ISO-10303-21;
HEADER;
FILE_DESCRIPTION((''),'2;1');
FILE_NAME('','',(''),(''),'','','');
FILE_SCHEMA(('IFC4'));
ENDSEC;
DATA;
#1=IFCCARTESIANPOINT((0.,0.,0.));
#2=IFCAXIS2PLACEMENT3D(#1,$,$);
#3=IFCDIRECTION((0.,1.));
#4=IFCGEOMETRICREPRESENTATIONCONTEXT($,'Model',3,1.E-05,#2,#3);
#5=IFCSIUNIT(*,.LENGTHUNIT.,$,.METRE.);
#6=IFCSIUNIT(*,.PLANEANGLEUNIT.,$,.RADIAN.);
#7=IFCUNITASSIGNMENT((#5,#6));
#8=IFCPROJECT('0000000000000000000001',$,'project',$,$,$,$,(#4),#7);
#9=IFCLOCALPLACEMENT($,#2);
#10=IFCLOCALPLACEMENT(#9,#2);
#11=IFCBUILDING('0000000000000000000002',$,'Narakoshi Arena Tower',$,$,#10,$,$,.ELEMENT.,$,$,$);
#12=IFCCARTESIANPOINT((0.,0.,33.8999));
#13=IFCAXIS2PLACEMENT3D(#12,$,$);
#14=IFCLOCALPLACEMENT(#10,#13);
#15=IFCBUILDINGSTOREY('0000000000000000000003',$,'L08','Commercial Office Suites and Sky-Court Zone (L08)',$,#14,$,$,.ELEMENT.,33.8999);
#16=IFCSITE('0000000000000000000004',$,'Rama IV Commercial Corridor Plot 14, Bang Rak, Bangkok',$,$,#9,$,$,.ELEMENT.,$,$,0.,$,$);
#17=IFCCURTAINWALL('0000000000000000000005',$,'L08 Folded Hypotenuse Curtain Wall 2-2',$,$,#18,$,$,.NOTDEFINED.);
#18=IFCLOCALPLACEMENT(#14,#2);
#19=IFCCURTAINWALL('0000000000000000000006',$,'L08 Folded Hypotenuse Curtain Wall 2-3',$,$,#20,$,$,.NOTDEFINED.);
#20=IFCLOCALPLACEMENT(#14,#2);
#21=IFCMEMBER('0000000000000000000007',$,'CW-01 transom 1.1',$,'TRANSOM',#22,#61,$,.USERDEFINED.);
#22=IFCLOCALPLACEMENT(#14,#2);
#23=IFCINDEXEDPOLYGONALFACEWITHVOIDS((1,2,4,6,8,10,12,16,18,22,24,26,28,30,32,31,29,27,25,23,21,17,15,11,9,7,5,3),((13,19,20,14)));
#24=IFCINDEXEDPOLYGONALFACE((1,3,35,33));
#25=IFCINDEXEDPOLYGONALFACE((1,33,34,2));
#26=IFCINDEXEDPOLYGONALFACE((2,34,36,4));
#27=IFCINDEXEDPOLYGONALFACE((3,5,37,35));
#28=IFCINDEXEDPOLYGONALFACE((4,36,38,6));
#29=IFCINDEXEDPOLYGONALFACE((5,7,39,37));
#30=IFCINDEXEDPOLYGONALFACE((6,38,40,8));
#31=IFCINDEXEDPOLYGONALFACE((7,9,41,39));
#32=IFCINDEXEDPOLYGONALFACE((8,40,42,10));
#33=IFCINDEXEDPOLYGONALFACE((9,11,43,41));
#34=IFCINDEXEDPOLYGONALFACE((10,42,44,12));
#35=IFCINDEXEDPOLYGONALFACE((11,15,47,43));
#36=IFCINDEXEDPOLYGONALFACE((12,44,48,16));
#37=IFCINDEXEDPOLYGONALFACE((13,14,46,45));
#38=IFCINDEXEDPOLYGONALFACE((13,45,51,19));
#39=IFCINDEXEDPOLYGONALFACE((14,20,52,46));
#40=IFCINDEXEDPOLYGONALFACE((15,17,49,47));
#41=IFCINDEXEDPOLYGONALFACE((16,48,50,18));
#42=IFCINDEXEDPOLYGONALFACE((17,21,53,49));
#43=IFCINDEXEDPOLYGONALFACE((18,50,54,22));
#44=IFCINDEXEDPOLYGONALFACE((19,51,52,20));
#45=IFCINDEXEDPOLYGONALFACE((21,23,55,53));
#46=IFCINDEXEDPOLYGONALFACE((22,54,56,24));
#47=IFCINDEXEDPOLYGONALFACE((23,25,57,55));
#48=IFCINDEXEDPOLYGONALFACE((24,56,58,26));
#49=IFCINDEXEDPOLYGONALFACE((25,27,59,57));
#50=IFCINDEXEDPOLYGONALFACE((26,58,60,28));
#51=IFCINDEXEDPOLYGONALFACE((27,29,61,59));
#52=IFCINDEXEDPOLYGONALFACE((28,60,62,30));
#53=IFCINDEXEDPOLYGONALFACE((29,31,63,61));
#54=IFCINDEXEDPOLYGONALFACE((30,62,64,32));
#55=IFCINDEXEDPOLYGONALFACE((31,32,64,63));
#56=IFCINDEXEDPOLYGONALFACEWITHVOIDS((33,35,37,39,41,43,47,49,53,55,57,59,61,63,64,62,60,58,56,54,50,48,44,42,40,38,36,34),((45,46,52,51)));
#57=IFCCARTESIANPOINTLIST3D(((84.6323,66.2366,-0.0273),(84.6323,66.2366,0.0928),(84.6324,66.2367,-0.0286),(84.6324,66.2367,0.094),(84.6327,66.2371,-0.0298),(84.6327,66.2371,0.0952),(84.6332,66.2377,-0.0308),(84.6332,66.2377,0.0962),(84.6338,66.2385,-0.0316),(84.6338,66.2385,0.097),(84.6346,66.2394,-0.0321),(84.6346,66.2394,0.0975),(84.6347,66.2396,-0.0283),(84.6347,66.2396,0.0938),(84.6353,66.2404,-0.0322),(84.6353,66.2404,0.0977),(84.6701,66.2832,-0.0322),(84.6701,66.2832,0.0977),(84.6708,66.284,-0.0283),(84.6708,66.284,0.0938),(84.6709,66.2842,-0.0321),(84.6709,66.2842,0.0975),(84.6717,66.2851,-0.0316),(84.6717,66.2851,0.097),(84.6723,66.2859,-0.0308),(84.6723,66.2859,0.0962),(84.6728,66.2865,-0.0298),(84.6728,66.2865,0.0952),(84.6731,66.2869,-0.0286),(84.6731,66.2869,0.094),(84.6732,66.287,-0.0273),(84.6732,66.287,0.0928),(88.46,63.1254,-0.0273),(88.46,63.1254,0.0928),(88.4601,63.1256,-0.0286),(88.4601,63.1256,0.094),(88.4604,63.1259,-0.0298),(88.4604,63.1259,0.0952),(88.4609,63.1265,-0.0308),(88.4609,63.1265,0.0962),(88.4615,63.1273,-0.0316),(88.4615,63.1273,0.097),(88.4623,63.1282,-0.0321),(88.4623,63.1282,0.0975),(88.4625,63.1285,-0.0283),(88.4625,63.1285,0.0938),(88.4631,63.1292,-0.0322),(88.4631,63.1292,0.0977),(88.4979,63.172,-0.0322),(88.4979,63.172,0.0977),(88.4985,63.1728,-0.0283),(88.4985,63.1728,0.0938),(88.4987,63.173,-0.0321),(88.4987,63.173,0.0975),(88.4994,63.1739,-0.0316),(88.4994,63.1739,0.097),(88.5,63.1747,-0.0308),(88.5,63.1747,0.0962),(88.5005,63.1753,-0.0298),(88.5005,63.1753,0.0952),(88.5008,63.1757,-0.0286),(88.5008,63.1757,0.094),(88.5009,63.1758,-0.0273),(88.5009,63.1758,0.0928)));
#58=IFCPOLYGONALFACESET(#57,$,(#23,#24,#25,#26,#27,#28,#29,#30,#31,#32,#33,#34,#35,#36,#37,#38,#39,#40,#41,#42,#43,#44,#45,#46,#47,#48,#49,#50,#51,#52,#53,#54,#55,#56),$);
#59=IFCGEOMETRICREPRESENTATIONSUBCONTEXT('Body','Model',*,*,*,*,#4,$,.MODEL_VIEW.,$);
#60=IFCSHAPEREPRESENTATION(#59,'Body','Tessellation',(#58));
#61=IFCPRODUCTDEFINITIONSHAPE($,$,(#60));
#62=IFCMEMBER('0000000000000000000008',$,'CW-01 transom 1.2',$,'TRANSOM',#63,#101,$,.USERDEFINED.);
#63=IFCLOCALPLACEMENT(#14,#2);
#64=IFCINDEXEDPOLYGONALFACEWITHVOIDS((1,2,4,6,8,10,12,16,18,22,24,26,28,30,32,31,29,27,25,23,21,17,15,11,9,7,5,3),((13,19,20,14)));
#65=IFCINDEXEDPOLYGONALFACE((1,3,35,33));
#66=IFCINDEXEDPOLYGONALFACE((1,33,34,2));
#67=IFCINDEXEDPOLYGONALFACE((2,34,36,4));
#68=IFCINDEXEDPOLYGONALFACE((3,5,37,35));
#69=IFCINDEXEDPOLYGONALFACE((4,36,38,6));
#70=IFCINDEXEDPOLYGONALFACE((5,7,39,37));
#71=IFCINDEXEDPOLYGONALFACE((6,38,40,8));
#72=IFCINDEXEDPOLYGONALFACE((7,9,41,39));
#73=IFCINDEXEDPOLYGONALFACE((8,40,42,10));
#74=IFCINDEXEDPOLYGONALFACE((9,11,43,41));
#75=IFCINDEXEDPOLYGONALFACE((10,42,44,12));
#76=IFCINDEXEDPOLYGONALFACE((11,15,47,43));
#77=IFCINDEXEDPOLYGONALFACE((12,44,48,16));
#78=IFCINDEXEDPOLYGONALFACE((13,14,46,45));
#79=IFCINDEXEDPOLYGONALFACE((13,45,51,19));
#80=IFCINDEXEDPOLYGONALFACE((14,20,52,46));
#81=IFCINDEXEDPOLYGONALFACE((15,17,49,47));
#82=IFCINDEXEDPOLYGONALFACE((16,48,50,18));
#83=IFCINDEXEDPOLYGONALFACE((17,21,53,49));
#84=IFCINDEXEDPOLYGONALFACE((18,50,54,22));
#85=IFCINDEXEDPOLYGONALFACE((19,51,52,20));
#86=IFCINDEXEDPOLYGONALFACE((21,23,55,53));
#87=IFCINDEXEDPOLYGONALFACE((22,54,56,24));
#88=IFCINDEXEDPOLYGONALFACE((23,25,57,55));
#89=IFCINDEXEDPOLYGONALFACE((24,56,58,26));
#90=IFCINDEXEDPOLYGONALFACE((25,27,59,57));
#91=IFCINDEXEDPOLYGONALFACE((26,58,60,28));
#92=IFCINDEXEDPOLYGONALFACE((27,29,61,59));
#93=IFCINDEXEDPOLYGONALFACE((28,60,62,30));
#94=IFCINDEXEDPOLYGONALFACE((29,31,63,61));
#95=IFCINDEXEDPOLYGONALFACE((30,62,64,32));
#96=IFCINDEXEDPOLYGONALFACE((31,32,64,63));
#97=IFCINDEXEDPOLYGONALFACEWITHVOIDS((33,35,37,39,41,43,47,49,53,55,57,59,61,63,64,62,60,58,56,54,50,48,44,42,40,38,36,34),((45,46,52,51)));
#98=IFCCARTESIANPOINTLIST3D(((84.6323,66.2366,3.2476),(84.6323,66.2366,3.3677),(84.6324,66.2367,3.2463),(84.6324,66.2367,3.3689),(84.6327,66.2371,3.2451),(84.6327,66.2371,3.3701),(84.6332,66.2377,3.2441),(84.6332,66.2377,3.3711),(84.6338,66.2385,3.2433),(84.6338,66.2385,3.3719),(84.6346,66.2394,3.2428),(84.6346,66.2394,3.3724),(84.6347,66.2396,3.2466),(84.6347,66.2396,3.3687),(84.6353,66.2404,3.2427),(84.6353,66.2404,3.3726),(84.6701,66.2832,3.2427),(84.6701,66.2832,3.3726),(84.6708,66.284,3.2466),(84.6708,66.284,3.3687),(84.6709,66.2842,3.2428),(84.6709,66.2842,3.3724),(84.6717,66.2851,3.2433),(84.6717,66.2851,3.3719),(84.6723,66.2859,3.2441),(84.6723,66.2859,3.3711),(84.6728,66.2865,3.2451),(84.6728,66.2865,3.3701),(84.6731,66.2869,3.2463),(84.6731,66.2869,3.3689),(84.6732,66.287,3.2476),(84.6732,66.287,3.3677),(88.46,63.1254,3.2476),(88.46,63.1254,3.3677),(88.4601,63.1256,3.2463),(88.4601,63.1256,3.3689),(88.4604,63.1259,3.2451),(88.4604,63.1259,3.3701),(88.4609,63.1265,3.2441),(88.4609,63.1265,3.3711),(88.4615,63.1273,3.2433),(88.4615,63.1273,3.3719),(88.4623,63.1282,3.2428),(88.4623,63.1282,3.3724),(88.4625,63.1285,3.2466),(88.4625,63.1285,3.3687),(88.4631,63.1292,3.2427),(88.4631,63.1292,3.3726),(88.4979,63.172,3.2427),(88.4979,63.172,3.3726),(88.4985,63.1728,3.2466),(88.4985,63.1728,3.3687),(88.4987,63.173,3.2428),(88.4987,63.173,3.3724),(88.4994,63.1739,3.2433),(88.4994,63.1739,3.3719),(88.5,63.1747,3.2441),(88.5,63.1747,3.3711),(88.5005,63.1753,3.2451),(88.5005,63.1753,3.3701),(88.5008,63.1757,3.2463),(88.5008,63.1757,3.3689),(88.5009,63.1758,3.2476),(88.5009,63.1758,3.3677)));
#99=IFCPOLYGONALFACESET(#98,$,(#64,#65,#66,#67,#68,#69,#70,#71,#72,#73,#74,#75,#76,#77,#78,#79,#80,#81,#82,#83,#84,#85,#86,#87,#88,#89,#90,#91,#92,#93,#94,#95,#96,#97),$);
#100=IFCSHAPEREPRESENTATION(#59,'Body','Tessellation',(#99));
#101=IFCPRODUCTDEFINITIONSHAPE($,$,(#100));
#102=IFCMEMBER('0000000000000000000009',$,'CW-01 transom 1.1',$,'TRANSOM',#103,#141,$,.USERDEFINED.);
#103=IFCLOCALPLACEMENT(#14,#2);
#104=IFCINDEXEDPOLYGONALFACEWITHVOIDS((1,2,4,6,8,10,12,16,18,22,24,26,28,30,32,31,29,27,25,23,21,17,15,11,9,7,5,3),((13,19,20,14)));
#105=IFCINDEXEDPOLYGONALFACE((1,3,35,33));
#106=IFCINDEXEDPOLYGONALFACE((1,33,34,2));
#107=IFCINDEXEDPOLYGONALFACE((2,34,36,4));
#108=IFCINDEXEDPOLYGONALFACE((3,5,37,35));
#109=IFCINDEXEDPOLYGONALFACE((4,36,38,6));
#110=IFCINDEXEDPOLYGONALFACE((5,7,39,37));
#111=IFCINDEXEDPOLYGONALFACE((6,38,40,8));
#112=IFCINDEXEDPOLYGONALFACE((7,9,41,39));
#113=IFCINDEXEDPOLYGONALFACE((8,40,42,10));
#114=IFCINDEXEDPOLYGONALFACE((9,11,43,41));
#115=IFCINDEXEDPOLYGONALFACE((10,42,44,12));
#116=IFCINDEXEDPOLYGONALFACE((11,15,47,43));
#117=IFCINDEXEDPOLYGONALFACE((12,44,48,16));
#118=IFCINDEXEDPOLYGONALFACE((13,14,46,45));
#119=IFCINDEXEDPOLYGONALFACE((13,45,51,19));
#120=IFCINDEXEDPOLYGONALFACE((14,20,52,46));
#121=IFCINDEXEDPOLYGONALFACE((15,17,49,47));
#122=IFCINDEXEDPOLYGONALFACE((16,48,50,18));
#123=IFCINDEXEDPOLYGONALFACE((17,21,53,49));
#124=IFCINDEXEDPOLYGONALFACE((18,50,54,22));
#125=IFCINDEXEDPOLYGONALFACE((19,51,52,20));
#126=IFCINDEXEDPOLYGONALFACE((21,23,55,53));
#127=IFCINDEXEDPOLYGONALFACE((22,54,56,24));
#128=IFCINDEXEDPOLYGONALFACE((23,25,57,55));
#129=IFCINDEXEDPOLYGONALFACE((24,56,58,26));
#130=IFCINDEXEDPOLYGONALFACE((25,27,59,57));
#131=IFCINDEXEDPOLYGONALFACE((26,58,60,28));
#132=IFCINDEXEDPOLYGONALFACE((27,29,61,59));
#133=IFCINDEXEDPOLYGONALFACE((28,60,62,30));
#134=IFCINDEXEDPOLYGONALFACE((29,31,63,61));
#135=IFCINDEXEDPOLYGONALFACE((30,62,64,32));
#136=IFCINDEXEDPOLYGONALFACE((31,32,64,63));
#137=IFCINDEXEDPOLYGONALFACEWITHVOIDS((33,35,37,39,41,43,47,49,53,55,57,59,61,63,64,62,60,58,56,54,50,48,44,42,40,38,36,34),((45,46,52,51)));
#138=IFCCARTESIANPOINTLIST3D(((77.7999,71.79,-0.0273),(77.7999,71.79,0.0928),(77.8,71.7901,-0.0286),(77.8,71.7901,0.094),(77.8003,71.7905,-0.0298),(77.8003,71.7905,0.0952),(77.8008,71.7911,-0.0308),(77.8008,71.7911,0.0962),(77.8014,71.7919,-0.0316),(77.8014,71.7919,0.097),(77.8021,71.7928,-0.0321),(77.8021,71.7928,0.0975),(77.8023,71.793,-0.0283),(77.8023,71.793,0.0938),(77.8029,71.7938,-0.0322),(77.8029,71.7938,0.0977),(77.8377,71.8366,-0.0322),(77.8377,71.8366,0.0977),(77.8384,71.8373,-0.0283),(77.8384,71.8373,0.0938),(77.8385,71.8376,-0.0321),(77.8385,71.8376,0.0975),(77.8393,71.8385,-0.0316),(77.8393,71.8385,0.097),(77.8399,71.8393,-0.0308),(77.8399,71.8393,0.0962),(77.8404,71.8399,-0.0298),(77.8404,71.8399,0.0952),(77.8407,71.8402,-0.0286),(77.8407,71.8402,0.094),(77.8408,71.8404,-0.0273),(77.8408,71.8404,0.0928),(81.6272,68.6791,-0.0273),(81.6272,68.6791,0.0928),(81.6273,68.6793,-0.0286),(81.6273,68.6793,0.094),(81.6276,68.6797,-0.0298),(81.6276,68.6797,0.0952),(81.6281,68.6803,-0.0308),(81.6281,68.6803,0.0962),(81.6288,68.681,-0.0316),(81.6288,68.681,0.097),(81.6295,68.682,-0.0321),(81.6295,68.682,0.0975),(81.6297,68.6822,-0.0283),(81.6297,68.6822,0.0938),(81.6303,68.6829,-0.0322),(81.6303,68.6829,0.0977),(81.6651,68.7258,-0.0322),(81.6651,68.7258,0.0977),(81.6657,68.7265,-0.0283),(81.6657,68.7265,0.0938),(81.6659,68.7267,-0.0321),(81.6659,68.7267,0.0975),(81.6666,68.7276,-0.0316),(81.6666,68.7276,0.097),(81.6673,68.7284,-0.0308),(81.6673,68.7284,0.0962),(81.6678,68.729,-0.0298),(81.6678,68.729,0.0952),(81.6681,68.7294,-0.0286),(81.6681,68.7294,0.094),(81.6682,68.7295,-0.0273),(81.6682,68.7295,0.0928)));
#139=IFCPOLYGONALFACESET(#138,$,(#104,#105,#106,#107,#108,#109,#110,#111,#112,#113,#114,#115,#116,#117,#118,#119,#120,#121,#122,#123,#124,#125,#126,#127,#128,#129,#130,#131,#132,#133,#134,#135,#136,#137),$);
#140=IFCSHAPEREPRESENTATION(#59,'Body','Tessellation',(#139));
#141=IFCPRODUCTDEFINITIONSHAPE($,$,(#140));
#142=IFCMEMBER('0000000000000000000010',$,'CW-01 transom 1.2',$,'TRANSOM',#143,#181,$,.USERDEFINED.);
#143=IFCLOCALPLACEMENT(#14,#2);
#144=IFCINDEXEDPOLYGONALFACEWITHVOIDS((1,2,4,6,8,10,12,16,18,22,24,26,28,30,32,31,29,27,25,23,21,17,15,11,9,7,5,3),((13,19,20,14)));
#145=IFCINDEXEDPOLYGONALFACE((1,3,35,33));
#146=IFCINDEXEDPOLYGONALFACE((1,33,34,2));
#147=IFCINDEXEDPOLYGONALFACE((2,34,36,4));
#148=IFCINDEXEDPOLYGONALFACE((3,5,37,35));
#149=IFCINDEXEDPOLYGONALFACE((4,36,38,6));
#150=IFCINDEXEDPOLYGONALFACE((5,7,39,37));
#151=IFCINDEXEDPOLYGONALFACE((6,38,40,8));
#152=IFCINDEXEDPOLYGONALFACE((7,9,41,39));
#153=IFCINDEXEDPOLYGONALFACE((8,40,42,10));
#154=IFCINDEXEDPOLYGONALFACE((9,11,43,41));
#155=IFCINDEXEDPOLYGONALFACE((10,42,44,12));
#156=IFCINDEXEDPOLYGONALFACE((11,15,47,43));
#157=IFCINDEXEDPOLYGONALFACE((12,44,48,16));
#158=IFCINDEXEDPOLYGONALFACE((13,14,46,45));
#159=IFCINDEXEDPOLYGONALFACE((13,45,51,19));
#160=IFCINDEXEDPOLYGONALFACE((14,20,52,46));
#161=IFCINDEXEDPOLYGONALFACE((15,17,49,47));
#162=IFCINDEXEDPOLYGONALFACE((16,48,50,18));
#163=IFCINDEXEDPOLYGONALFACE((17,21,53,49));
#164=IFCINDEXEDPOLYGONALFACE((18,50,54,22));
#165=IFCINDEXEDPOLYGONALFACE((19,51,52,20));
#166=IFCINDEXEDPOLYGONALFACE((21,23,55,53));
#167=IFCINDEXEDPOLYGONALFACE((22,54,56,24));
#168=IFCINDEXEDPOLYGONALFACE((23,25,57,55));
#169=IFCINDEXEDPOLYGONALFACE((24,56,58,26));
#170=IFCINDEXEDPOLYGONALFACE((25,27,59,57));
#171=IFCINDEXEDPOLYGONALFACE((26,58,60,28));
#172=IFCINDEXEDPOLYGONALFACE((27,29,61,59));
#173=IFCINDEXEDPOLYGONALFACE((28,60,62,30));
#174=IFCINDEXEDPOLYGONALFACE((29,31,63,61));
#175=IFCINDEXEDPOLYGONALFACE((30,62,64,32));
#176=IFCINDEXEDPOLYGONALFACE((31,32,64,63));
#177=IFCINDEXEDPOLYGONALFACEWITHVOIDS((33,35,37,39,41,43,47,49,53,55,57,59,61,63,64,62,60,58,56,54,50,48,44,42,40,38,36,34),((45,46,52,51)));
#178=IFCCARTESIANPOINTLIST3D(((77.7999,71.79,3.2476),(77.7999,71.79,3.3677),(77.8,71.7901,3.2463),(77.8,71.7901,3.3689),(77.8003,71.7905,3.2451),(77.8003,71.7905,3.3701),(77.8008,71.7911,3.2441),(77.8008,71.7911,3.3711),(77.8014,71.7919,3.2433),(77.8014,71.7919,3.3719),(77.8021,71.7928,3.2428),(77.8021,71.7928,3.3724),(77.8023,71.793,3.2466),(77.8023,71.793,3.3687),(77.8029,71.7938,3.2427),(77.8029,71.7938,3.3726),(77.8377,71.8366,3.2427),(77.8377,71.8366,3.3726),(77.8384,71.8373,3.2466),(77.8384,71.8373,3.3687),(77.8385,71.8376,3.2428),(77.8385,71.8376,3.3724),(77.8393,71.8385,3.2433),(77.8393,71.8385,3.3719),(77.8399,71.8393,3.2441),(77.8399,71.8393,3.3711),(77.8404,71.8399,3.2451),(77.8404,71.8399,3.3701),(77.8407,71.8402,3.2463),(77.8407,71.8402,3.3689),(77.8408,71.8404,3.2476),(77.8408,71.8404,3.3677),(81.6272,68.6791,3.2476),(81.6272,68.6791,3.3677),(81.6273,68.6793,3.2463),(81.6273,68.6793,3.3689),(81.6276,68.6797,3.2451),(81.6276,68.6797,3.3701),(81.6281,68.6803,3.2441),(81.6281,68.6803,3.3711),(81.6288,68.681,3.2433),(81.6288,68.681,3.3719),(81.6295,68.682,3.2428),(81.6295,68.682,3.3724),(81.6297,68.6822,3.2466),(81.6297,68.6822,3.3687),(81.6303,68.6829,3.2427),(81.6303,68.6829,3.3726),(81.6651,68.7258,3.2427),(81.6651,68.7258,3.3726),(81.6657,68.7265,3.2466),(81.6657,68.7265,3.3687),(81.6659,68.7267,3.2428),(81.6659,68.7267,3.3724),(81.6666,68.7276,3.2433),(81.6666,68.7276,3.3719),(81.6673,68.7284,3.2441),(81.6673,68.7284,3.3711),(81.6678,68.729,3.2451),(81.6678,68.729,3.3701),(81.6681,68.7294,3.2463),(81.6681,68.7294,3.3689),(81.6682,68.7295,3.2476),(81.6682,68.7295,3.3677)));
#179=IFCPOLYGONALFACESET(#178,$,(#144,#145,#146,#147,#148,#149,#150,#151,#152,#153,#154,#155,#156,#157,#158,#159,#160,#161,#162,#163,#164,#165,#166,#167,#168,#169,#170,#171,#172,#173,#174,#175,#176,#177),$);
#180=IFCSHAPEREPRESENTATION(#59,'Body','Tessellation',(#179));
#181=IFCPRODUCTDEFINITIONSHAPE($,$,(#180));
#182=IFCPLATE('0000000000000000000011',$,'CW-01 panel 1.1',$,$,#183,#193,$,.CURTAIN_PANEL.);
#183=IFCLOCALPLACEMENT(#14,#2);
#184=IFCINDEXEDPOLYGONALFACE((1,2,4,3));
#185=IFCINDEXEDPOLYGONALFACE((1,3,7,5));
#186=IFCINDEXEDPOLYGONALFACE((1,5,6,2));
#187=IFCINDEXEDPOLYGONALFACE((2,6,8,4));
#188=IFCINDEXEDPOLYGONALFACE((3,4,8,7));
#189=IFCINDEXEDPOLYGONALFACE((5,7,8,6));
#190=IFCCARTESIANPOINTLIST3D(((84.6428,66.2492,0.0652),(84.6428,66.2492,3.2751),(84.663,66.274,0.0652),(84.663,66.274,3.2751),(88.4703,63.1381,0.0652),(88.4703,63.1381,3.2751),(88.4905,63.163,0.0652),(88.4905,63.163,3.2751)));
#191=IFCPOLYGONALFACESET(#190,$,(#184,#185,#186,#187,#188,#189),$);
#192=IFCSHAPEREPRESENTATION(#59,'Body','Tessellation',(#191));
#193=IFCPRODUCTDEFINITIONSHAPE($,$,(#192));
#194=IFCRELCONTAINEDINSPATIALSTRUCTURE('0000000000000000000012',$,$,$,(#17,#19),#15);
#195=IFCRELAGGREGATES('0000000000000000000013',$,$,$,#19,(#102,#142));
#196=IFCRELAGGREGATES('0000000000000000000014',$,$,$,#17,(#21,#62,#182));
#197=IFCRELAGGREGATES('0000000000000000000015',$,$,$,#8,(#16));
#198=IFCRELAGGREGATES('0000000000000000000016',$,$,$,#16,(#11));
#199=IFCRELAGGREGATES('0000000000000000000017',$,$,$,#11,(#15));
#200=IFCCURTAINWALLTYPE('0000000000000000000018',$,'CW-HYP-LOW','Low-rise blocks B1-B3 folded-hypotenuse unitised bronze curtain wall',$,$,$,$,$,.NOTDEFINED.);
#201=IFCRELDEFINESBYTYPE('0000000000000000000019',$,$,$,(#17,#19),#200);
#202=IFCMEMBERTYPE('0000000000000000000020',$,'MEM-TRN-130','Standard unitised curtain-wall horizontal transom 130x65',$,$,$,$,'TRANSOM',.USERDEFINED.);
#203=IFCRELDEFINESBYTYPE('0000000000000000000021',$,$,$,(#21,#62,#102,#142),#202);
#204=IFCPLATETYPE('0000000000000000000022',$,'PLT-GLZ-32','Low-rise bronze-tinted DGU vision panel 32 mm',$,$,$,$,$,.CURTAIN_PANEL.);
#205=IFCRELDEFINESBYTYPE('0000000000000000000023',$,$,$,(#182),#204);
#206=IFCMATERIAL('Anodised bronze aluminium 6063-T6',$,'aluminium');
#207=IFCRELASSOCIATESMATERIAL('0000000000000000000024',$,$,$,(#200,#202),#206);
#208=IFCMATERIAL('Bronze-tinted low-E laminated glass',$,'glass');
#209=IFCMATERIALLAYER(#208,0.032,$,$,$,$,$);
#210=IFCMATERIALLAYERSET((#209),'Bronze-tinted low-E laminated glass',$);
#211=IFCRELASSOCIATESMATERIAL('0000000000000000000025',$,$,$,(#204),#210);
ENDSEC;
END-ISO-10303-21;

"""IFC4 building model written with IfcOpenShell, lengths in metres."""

from ifc_helpers import new_model, si_unit, direction, frame, origin, origin_2d, place, context, subcontext, project, spatial, rectangle, hollow_rectangle, extrude, material, layer, layer_set, material_profile, profile_set, type_object, element, aggregate, save


model = new_model("IFC4")

# Units and contexts
model_context = context("Model", 3, precision=1e-05, world=origin(), true_north=direction((0.0, 1.0)))
body_context = subcontext(model_context, "Body", "Model", "MODEL_VIEW")
ifc_project = project(units=[si_unit("LENGTHUNIT", "METRE"), si_unit("PLANEANGLEUNIT", "RADIAN")], contexts=[model_context])

# Site, building, storey
site_placement = place(None, origin())
site = spatial("IfcSite", under=ifc_project, at=site_placement, Name="Rama IV Commercial Corridor Plot 14, Bang Rak, Bangkok", CompositionType="ELEMENT", RefElevation=0.0)
building_placement = place(site_placement, origin())
building = spatial("IfcBuilding", under=site, at=building_placement, Name="Narakoshi Arena Tower", CompositionType="ELEMENT")
storey_placement = place(building_placement, frame((0.0, 0.0, 33.8999)))
storey = spatial("IfcBuildingStorey", under=building, at=storey_placement, Name="L08", Description="Commercial Office Suites and Sky-Court Zone (L08)", CompositionType="ELEMENT", Elevation=33.8999)

# Curtain wall
ifc_material_1 = material(Name="Anodised bronze aluminium 6063-T6", Category="aluminium")
curtain_wall_type = type_object("IfcCurtainWallType", Name="CW-HYP-LOW", Description="Low-rise blocks B1-B3 folded-hypotenuse unitised bronze curtain wall", PredefinedType="NOTDEFINED", material=ifc_material_1)
curtain_wall_1_placement = place(storey_placement, origin())
curtain_wall_1 = element("IfcCurtainWall", 1, at=curtain_wall_1_placement, inside=storey, type_object=curtain_wall_type, Name="L08 Folded Hypotenuse Curtain Wall 2-2", PredefinedType="NOTDEFINED")

# Curtain wall
curtain_wall_2_placement = place(storey_placement, origin())
curtain_wall_2 = element("IfcCurtainWall", 2, at=curtain_wall_2_placement, inside=storey, type_object=curtain_wall_type, Name="L08 Folded Hypotenuse Curtain Wall 2-3", PredefinedType="NOTDEFINED")

# Members
ifc_material_profile_1 = material_profile(ifc_material_1, hollow_rectangle(XDim=0.0649, YDim=0.1299, WallThickness=0.0039, OuterFilletRadius=0.0049, at=origin_2d()), Name="TRN130x65x4")
ifc_profile_set_1 = profile_set([ifc_material_profile_1], Name="Anodised bronze aluminium 6063-T6")
member_type_1 = type_object("IfcMemberType", Name="MEM-TRN-130", Description="Standard unitised curtain-wall horizontal transom 130x65", ElementType="TRANSOM", PredefinedType="USERDEFINED", material=ifc_profile_set_1)
member_1_placement = place(storey_placement, frame((88.4805, 63.1506, 0.0327), z_axis=(-0.776002, 0.630731, 0.0), x_axis=(-0.630731, -0.776002, 0.0)))
member_1 = element("IfcMember", 3, at=member_1_placement, type_object=member_type_1, Name="CW-01 transom 1.1", ObjectType="TRANSOM", PredefinedType="USERDEFINED", context=body_context, shape_type="SweptSolid", body=[
    extrude(hollow_rectangle(XDim=0.0649, YDim=0.1299, WallThickness=0.0039, OuterFilletRadius=0.0049, at=origin_2d()), origin(), (0.0, 0.0, 1.0), 4.9326),
])
member_2_placement = place(storey_placement, frame((88.4805, 63.1506, 3.3076), z_axis=(-0.776002, 0.630731, 0.0), x_axis=(-0.630731, -0.776002, 0.0)))
member_2 = element("IfcMember", 4, at=member_2_placement, type_object=member_type_1, Name="CW-01 transom 1.2", ObjectType="TRANSOM", PredefinedType="USERDEFINED", context=body_context, shape_type="SweptSolid", body=[
    extrude(hollow_rectangle(XDim=0.0649, YDim=0.1299, WallThickness=0.0039, OuterFilletRadius=0.0049, at=origin_2d()), origin(), (0.0, 0.0, 1.0), 4.9326),
])
member_3_placement = place(storey_placement, frame((81.6477, 68.7043, 0.0327), z_axis=(-0.776006, 0.630725, 0.0), x_axis=(-0.630725, -0.776006, 0.0)))
member_3 = element("IfcMember", 5, at=member_3_placement, type_object=member_type_1, Name="CW-01 transom 1.1", ObjectType="TRANSOM", PredefinedType="USERDEFINED", context=body_context, shape_type="SweptSolid", body=[
    extrude(hollow_rectangle(XDim=0.0649, YDim=0.1299, WallThickness=0.0039, OuterFilletRadius=0.0049, at=origin_2d()), origin(), (0.0, 0.0, 1.0), 4.9321),
])
member_4_placement = place(storey_placement, frame((81.6477, 68.7043, 3.3076), z_axis=(-0.776006, 0.630725, 0.0), x_axis=(-0.630725, -0.776006, 0.0)))
member_4 = element("IfcMember", 6, at=member_4_placement, type_object=member_type_1, Name="CW-01 transom 1.2", ObjectType="TRANSOM", PredefinedType="USERDEFINED", context=body_context, shape_type="SweptSolid", body=[
    extrude(hollow_rectangle(XDim=0.0649, YDim=0.1299, WallThickness=0.0039, OuterFilletRadius=0.0049, at=origin_2d()), origin(), (0.0, 0.0, 1.0), 4.9321),
])
aggregate(curtain_wall_2, [member_3, member_4])

# Plate
ifc_material_2 = material(Name="Bronze-tinted low-E laminated glass", Category="glass")
ifc_layer_1 = layer(ifc_material_2, 0.032)
ifc_layer_set_1 = layer_set([ifc_layer_1], Name="Bronze-tinted low-E laminated glass")
plate_type = type_object("IfcPlateType", Name="PLT-GLZ-32", Description="Low-rise bronze-tinted DGU vision panel 32 mm", PredefinedType="CURTAIN_PANEL", material=ifc_layer_set_1)
plate_placement = place(storey_placement, frame((86.5667, 64.7061, 0.0652), z_axis=(0.0, 0.0, 1.0), x_axis=(-0.775998, 0.630735, 0.0)))
plate = element("IfcPlate", 7, at=plate_placement, type_object=plate_type, Name="CW-01 panel 1.1", PredefinedType="CURTAIN_PANEL", context=body_context, shape_type="SweptSolid", body=[
    extrude(rectangle(XDim=4.9324, YDim=0.032, at=origin_2d()), origin(), (0.0, 0.0, 1.0), 3.21),
])
aggregate(curtain_wall_1, [member_1, member_2, plate])

save(model, "model.ifc")
